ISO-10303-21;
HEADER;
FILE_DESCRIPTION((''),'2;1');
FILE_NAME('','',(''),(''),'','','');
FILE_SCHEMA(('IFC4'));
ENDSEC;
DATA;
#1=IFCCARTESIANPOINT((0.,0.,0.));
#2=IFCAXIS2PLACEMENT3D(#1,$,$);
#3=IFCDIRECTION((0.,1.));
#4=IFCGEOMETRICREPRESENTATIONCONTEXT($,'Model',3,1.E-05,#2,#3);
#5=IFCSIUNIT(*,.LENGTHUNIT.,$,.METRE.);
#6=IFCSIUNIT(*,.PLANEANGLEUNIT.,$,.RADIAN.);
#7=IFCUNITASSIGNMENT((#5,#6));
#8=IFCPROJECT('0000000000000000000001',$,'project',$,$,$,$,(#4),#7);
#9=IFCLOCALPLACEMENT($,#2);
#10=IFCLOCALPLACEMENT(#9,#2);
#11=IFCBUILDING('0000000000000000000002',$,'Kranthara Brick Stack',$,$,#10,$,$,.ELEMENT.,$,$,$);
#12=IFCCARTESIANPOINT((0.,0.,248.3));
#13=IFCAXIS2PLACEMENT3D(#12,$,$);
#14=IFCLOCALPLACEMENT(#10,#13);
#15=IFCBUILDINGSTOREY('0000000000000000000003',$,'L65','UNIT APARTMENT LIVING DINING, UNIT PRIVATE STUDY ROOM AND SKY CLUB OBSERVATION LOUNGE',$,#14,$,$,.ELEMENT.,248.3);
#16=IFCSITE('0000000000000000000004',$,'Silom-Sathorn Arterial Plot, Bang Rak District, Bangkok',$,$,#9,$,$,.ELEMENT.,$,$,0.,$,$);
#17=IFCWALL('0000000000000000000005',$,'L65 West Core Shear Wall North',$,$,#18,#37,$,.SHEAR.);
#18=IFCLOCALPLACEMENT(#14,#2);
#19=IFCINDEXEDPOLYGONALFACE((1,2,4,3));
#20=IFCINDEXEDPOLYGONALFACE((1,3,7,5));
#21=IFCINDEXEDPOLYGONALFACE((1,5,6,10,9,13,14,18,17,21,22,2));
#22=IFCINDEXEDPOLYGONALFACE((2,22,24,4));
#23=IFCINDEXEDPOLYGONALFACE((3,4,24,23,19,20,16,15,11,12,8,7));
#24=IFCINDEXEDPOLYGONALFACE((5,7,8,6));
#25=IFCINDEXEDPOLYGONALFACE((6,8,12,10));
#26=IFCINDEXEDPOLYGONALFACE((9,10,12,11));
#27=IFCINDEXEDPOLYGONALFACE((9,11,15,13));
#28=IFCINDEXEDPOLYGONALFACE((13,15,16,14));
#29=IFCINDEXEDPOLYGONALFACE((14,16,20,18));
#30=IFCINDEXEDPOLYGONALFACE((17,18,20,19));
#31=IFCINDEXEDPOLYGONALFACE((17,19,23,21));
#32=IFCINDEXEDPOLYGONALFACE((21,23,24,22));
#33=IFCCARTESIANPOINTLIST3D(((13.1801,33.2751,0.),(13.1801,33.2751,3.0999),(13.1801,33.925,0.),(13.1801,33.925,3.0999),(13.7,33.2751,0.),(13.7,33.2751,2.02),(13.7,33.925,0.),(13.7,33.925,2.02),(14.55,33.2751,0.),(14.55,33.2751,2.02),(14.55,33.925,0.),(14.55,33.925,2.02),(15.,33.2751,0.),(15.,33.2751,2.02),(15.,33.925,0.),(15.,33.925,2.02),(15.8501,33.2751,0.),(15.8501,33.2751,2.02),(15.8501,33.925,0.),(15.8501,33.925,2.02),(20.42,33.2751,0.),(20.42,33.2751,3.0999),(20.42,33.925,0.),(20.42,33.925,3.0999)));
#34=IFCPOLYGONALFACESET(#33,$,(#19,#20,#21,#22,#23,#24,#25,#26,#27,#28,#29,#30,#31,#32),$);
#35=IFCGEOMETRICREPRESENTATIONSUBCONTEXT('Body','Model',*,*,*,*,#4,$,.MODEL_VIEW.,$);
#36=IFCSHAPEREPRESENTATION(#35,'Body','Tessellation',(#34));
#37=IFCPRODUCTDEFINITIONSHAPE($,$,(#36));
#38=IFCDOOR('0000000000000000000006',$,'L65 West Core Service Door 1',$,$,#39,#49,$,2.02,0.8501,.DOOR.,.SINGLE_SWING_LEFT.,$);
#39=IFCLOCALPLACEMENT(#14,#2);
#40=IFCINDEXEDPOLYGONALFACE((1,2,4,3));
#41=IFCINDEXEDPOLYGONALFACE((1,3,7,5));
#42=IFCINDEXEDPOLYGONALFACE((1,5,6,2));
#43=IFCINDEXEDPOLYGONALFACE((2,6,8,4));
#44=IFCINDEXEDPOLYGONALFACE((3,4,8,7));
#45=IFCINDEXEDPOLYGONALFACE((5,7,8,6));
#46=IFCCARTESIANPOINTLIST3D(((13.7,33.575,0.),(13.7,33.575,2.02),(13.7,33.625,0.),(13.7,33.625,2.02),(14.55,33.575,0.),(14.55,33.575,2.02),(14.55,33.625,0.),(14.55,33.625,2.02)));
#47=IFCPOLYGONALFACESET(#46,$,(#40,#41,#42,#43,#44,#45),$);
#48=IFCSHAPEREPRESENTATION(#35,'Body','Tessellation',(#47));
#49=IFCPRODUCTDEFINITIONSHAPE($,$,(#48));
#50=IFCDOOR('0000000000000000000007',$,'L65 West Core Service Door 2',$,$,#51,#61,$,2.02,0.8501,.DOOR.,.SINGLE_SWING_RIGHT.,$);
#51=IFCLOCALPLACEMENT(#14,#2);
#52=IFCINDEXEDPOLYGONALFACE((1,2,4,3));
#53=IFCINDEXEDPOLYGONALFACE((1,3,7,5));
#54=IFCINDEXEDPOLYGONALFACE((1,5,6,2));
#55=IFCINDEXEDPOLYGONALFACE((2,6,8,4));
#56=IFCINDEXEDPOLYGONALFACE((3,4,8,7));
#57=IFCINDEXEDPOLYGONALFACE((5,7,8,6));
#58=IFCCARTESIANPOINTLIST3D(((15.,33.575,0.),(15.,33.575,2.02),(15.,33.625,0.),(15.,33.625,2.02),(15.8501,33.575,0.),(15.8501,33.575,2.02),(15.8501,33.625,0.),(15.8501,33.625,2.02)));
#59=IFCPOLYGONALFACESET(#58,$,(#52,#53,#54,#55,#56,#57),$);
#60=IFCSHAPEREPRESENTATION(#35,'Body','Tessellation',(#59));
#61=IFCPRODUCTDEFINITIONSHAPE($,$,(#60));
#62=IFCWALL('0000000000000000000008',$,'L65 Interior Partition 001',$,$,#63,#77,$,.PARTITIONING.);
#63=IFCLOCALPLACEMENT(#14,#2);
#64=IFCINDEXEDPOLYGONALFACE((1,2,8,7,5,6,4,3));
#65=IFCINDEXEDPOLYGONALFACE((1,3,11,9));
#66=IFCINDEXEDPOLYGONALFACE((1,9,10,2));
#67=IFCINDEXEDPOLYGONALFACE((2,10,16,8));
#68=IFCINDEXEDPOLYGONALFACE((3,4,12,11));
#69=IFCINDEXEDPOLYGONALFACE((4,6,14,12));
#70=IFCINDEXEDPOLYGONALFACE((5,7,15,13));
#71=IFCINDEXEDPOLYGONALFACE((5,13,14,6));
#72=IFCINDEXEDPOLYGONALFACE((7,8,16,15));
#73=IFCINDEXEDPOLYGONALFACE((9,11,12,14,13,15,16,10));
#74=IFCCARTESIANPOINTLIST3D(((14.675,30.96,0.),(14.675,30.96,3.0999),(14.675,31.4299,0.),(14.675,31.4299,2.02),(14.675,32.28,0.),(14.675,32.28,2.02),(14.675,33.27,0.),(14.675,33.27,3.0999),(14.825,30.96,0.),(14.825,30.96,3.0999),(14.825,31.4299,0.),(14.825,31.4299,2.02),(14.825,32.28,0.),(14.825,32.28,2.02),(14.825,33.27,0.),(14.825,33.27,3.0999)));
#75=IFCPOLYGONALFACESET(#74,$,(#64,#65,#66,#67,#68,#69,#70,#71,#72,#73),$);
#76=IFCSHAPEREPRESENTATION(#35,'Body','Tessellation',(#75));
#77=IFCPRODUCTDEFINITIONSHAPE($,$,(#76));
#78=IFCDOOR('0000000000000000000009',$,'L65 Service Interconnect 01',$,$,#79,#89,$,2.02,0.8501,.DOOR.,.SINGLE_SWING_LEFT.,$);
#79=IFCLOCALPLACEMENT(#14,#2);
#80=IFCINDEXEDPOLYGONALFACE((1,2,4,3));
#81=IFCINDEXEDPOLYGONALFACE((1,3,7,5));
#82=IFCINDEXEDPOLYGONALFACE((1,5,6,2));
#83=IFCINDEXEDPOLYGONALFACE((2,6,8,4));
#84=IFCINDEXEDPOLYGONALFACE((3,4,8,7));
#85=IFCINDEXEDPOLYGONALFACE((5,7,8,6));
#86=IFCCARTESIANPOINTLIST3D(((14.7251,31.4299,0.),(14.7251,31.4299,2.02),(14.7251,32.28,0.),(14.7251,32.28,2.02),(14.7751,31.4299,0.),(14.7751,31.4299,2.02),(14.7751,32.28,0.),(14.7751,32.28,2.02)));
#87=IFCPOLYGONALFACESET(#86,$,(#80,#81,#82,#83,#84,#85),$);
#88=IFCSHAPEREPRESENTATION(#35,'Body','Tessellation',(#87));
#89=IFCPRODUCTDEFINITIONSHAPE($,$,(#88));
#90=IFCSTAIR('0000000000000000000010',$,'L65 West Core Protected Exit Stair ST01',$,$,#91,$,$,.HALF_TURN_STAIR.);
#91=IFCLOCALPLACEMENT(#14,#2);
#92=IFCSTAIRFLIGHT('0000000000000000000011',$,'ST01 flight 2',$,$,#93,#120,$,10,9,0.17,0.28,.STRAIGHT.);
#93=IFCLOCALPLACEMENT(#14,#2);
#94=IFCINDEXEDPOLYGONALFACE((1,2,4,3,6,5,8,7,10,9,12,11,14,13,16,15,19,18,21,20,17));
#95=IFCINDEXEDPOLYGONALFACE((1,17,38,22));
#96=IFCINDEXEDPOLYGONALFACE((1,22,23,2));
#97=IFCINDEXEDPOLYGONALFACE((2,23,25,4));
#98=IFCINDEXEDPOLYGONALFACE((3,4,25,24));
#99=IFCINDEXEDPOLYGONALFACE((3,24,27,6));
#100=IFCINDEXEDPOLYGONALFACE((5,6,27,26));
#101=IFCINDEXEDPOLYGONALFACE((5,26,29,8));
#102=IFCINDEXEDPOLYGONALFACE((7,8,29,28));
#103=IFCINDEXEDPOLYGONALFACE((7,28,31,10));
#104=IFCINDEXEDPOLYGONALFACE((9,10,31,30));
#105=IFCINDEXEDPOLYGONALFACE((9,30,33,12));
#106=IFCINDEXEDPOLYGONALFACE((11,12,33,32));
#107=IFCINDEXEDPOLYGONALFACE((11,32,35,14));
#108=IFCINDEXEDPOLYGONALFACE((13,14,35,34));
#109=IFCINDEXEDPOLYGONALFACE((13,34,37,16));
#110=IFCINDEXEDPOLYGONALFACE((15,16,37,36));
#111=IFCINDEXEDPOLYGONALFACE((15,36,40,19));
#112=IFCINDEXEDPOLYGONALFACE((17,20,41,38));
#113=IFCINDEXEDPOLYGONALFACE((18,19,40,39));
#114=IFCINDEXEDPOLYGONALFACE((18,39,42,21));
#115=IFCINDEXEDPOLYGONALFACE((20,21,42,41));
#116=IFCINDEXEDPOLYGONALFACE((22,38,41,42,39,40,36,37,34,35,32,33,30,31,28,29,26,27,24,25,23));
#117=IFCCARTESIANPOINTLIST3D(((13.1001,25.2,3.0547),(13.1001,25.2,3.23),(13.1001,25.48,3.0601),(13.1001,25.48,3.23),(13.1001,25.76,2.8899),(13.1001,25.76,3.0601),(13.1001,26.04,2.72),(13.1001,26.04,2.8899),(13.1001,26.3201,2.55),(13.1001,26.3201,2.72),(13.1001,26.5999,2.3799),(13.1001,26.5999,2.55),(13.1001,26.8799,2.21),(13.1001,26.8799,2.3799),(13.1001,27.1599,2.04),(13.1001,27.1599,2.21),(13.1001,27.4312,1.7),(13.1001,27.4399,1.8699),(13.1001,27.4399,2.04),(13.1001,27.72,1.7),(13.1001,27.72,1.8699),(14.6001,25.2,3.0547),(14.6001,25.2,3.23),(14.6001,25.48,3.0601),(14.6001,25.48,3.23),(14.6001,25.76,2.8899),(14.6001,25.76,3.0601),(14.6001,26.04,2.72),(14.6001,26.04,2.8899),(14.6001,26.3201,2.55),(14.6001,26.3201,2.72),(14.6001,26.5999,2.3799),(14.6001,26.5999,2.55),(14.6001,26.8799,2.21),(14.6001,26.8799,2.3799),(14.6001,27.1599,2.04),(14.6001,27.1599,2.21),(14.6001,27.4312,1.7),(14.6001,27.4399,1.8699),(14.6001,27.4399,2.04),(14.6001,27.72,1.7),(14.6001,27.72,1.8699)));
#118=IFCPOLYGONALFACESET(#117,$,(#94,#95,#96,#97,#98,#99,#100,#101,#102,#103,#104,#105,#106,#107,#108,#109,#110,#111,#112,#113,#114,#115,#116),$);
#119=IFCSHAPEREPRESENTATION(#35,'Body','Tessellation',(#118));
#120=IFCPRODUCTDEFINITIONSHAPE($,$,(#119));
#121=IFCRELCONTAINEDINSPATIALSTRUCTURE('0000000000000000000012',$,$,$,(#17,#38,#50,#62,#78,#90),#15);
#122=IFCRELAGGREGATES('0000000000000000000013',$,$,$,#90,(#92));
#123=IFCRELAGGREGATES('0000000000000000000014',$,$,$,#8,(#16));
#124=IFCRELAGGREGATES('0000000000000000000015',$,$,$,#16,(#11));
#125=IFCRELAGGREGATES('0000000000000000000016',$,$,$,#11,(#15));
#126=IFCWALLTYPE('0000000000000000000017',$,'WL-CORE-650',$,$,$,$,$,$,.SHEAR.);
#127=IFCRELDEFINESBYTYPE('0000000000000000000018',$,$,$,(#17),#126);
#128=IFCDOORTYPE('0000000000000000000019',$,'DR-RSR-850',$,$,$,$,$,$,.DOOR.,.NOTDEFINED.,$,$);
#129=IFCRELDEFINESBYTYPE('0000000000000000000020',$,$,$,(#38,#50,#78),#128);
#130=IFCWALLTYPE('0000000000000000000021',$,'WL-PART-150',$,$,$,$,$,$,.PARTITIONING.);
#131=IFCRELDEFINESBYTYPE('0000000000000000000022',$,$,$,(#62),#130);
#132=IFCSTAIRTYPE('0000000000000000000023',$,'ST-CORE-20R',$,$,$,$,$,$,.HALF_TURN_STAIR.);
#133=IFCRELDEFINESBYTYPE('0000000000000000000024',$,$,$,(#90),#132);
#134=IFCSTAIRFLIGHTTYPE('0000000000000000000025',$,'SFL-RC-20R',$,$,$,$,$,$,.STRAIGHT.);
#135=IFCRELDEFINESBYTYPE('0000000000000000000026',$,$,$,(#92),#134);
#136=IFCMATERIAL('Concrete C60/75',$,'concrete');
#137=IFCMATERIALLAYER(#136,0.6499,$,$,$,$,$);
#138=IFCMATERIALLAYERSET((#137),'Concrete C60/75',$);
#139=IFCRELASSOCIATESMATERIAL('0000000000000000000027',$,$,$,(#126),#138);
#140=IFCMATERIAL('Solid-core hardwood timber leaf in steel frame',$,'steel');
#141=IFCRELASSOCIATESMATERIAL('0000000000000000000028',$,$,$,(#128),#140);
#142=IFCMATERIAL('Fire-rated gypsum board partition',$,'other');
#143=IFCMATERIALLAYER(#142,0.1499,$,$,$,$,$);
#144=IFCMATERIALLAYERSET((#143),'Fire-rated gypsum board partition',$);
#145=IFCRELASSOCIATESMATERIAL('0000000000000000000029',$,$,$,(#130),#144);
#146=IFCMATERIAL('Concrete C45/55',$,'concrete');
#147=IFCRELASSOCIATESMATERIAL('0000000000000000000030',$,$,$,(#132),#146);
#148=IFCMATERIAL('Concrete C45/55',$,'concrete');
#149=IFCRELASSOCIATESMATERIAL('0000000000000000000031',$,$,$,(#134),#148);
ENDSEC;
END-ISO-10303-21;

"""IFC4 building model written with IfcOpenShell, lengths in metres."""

from ifc_helpers import new_model, si_unit, direction, frame, frame_2d, origin, place, context, subcontext, project, spatial, polyline, rectangle, outline, extrude, material, layer, layer_set, type_object, element, fill, aggregate, save


model = new_model("IFC4")

# Units and contexts
model_context = context("Model", 3, precision=1e-05, world=origin(), true_north=direction((0.0, 1.0)))
body_context = subcontext(model_context, "Body", "Model", "MODEL_VIEW")
ifc_project = project(units=[si_unit("LENGTHUNIT", "METRE"), si_unit("PLANEANGLEUNIT", "RADIAN")], contexts=[model_context])

# Site, building, storey
site_placement = place(None, origin())
site = spatial("IfcSite", under=ifc_project, at=site_placement, Name="Silom-Sathorn Arterial Plot, Bang Rak District, Bangkok", CompositionType="ELEMENT", RefElevation=0.0)
building_placement = place(site_placement, origin())
building = spatial("IfcBuilding", under=site, at=building_placement, Name="Kranthara Brick Stack", CompositionType="ELEMENT")
storey_placement = place(building_placement, frame((0.0, 0.0, 248.3)))
storey = spatial("IfcBuildingStorey", under=building, at=storey_placement, Name="L65", Description="UNIT APARTMENT LIVING DINING, UNIT PRIVATE STUDY ROOM AND SKY CLUB OBSERVATION LOUNGE", CompositionType="ELEMENT", Elevation=248.3)

# Wall, openings, doors
ifc_material_1 = material(Name="Concrete C60/75", Category="concrete")
ifc_layer_1 = layer(ifc_material_1, 0.6499)
ifc_layer_set_1 = layer_set([ifc_layer_1], Name="Concrete C60/75")
wall_type_1 = type_object("IfcWallType", Name="WL-CORE-650", PredefinedType="SHEAR", material=ifc_layer_set_1)
wall_1_placement = place(storey_placement, frame((13.1799, 33.6001, 0.0), z_axis=(0.0, 0.0, 1.0), x_axis=(1.0, 0.0, 0.0)))
wall_1 = element("IfcWall", 1, at=wall_1_placement, inside=storey, type_object=wall_type_1, Name="L65 West Core Shear Wall North", PredefinedType="SHEAR", context=body_context, shape_type="SweptSolid", body=[
    extrude(rectangle(XDim=7.24, YDim=0.6499, at=frame_2d((3.6201, 0.0))), origin(), (0.0, 0.0, 1.0), 3.0999),
])
opening_1_placement = place(wall_1_placement, frame((0.52, 0.0, 0.0)))
opening_1 = element("IfcOpeningElement", 2, at=opening_1_placement, cuts=wall_1, PredefinedType="OPENING", context=body_context, shape_type="SweptSolid", body=[
    extrude(rectangle(XDim=0.8501, YDim=2.02, at=frame_2d((0.425, 1.01))), frame((0.0, 0.335, 0.0), z_axis=(0.0, -1.0, 0.0), x_axis=(1.0, 0.0, 0.0)), (0.0, 0.0, 1.0), 0.6699),
])
opening_2_placement = place(wall_1_placement, frame((1.8201, 0.0, 0.0)))
opening_2 = element("IfcOpeningElement", 3, at=opening_2_placement, cuts=wall_1, PredefinedType="OPENING", context=body_context, shape_type="SweptSolid", body=[
    extrude(rectangle(XDim=0.8501, YDim=2.02, at=frame_2d((0.425, 1.01))), frame((0.0, 0.335, 0.0), z_axis=(0.0, -1.0, 0.0), x_axis=(1.0, 0.0, 0.0)), (0.0, 0.0, 1.0), 0.6699),
])
ifc_material_2 = material(Name="Solid-core hardwood timber leaf in steel frame", Category="steel")
door_type = type_object("IfcDoorType", Name="DR-RSR-850", OperationType="NOTDEFINED", PredefinedType="DOOR", material=ifc_material_2)
door_1_placement = place(opening_1_placement, origin())
door_1 = element("IfcDoor", 4, at=door_1_placement, inside=storey, type_object=door_type, Name="L65 West Core Service Door 1", OperationType="SINGLE_SWING_LEFT", OverallHeight=2.02, OverallWidth=0.8501, PredefinedType="DOOR", context=body_context, shape_type="SweptSolid", body=[
    extrude(rectangle(XDim=0.8501, YDim=2.02, at=frame_2d((0.425, 1.01))), frame((0.0, 0.0249, 0.0), z_axis=(0.0, -1.0, 0.0), x_axis=(1.0, 0.0, 0.0)), (0.0, 0.0, 1.0), 0.05),
])
fill(opening_1, door_1)
door_2_placement = place(opening_2_placement, origin())
door_2 = element("IfcDoor", 5, at=door_2_placement, inside=storey, type_object=door_type, Name="L65 West Core Service Door 2", OperationType="SINGLE_SWING_RIGHT", OverallHeight=2.02, OverallWidth=0.8501, PredefinedType="DOOR", context=body_context, shape_type="SweptSolid", body=[
    extrude(rectangle(XDim=0.8501, YDim=2.02, at=frame_2d((0.425, 1.01))), frame((0.0, 0.0249, 0.0), z_axis=(0.0, -1.0, 0.0), x_axis=(1.0, 0.0, 0.0)), (0.0, 0.0, 1.0), 0.05),
])
fill(opening_2, door_2)

# Wall, opening, door
ifc_material_3 = material(Name="Fire-rated gypsum board partition", Category="other")
ifc_layer_2 = layer(ifc_material_3, 0.1499)
ifc_layer_set_2 = layer_set([ifc_layer_2], Name="Fire-rated gypsum board partition")
wall_type_2 = type_object("IfcWallType", Name="WL-PART-150", PredefinedType="PARTITIONING", material=ifc_layer_set_2)
wall_2_placement = place(storey_placement, frame((14.75, 30.96, 0.0), z_axis=(0.0, 0.0, 1.0), x_axis=(0.0, 1.0, 0.0)))
wall_2 = element("IfcWall", 6, at=wall_2_placement, inside=storey, type_object=wall_type_2, Name="L65 Interior Partition 001", PredefinedType="PARTITIONING", context=body_context, shape_type="SweptSolid", body=[
    extrude(rectangle(XDim=2.3101, YDim=0.1499, at=frame_2d((1.155, 0.0))), origin(), (0.0, 0.0, 1.0), 3.0999),
])
opening_3_placement = place(wall_2_placement, frame((0.47, 0.0, 0.0)))
opening_3 = element("IfcOpeningElement", 7, at=opening_3_placement, cuts=wall_2, PredefinedType="OPENING", context=body_context, shape_type="SweptSolid", body=[
    extrude(rectangle(XDim=0.8501, YDim=2.02, at=frame_2d((0.425, 1.01))), frame((0.0, 0.085, 0.0), z_axis=(0.0, -1.0, 0.0), x_axis=(1.0, 0.0, 0.0)), (0.0, 0.0, 1.0), 0.1699),
])
door_3_placement = place(opening_3_placement, origin())
door_3 = element("IfcDoor", 8, at=door_3_placement, inside=storey, type_object=door_type, Name="L65 Service Interconnect 01", OperationType="SINGLE_SWING_LEFT", OverallHeight=2.02, OverallWidth=0.8501, PredefinedType="DOOR", context=body_context, shape_type="SweptSolid", body=[
    extrude(rectangle(XDim=0.8501, YDim=2.02, at=frame_2d((0.425, 1.01))), frame((0.0, 0.0249, 0.0), z_axis=(0.0, -1.0, 0.0), x_axis=(1.0, 0.0, 0.0)), (0.0, 0.0, 1.0), 0.05),
])
fill(opening_3, door_3)

# Stair, stair flight
ifc_material_4 = material(Name="Concrete C45/55", Category="concrete")
stair_type = type_object("IfcStairType", Name="ST-CORE-20R", PredefinedType="HALF_TURN_STAIR", material=ifc_material_4)
stair_placement = place(storey_placement, origin())
stair = element("IfcStair", 9, at=stair_placement, inside=storey, type_object=stair_type, Name="L65 West Core Protected Exit Stair ST01", PredefinedType="HALF_TURN_STAIR")
ifc_material_5 = material(Name="Concrete C45/55", Category="concrete")
stair_flight_type = type_object("IfcStairFlightType", Name="SFL-RC-20R", PredefinedType="STRAIGHT", material=ifc_material_5)
stair_flight_placement = place(storey_placement, frame((13.8501, 27.72, 1.7), z_axis=(0.0, 0.0, 1.0), x_axis=(0.0, -1.0, 0.0)))
stair_flight = element("IfcStairFlight", 10, at=stair_flight_placement, type_object=stair_flight_type, Name="ST01 flight 2", NumberOfRisers=10, NumberOfTreads=9, PredefinedType="STRAIGHT", RiserHeight=0.17, TreadLength=0.28, context=body_context, shape_type="SweptSolid", body=[
    extrude(outline(polyline([(0.0, 0.0), (0.0, 0.1699), (0.28, 0.1699), (0.28, 0.3401), (0.5601, 0.3401), (0.5601, 0.51), (0.8401, 0.51), (0.8401, 0.6799), (1.1201, 0.6799), (1.1201, 0.8501), (1.3999, 0.8501), (1.3999, 1.02), (1.6799, 1.02), (1.6799, 1.1899), (1.96, 1.1899), (1.96, 1.3601), (2.24, 1.3601), (2.24, 1.53), (2.52, 1.53), (2.52, 1.7), (2.52, 1.3547), (0.2888, 0.0), (0.0, 0.0)])), frame((0.0, 0.75, 0.0), z_axis=(0.0, -1.0, 0.0), x_axis=(1.0, 0.0, 0.0)), (0.0, 0.0, 1.0), 1.5),
])
aggregate(stair, [stair_flight])

save(model, "model.ifc")
